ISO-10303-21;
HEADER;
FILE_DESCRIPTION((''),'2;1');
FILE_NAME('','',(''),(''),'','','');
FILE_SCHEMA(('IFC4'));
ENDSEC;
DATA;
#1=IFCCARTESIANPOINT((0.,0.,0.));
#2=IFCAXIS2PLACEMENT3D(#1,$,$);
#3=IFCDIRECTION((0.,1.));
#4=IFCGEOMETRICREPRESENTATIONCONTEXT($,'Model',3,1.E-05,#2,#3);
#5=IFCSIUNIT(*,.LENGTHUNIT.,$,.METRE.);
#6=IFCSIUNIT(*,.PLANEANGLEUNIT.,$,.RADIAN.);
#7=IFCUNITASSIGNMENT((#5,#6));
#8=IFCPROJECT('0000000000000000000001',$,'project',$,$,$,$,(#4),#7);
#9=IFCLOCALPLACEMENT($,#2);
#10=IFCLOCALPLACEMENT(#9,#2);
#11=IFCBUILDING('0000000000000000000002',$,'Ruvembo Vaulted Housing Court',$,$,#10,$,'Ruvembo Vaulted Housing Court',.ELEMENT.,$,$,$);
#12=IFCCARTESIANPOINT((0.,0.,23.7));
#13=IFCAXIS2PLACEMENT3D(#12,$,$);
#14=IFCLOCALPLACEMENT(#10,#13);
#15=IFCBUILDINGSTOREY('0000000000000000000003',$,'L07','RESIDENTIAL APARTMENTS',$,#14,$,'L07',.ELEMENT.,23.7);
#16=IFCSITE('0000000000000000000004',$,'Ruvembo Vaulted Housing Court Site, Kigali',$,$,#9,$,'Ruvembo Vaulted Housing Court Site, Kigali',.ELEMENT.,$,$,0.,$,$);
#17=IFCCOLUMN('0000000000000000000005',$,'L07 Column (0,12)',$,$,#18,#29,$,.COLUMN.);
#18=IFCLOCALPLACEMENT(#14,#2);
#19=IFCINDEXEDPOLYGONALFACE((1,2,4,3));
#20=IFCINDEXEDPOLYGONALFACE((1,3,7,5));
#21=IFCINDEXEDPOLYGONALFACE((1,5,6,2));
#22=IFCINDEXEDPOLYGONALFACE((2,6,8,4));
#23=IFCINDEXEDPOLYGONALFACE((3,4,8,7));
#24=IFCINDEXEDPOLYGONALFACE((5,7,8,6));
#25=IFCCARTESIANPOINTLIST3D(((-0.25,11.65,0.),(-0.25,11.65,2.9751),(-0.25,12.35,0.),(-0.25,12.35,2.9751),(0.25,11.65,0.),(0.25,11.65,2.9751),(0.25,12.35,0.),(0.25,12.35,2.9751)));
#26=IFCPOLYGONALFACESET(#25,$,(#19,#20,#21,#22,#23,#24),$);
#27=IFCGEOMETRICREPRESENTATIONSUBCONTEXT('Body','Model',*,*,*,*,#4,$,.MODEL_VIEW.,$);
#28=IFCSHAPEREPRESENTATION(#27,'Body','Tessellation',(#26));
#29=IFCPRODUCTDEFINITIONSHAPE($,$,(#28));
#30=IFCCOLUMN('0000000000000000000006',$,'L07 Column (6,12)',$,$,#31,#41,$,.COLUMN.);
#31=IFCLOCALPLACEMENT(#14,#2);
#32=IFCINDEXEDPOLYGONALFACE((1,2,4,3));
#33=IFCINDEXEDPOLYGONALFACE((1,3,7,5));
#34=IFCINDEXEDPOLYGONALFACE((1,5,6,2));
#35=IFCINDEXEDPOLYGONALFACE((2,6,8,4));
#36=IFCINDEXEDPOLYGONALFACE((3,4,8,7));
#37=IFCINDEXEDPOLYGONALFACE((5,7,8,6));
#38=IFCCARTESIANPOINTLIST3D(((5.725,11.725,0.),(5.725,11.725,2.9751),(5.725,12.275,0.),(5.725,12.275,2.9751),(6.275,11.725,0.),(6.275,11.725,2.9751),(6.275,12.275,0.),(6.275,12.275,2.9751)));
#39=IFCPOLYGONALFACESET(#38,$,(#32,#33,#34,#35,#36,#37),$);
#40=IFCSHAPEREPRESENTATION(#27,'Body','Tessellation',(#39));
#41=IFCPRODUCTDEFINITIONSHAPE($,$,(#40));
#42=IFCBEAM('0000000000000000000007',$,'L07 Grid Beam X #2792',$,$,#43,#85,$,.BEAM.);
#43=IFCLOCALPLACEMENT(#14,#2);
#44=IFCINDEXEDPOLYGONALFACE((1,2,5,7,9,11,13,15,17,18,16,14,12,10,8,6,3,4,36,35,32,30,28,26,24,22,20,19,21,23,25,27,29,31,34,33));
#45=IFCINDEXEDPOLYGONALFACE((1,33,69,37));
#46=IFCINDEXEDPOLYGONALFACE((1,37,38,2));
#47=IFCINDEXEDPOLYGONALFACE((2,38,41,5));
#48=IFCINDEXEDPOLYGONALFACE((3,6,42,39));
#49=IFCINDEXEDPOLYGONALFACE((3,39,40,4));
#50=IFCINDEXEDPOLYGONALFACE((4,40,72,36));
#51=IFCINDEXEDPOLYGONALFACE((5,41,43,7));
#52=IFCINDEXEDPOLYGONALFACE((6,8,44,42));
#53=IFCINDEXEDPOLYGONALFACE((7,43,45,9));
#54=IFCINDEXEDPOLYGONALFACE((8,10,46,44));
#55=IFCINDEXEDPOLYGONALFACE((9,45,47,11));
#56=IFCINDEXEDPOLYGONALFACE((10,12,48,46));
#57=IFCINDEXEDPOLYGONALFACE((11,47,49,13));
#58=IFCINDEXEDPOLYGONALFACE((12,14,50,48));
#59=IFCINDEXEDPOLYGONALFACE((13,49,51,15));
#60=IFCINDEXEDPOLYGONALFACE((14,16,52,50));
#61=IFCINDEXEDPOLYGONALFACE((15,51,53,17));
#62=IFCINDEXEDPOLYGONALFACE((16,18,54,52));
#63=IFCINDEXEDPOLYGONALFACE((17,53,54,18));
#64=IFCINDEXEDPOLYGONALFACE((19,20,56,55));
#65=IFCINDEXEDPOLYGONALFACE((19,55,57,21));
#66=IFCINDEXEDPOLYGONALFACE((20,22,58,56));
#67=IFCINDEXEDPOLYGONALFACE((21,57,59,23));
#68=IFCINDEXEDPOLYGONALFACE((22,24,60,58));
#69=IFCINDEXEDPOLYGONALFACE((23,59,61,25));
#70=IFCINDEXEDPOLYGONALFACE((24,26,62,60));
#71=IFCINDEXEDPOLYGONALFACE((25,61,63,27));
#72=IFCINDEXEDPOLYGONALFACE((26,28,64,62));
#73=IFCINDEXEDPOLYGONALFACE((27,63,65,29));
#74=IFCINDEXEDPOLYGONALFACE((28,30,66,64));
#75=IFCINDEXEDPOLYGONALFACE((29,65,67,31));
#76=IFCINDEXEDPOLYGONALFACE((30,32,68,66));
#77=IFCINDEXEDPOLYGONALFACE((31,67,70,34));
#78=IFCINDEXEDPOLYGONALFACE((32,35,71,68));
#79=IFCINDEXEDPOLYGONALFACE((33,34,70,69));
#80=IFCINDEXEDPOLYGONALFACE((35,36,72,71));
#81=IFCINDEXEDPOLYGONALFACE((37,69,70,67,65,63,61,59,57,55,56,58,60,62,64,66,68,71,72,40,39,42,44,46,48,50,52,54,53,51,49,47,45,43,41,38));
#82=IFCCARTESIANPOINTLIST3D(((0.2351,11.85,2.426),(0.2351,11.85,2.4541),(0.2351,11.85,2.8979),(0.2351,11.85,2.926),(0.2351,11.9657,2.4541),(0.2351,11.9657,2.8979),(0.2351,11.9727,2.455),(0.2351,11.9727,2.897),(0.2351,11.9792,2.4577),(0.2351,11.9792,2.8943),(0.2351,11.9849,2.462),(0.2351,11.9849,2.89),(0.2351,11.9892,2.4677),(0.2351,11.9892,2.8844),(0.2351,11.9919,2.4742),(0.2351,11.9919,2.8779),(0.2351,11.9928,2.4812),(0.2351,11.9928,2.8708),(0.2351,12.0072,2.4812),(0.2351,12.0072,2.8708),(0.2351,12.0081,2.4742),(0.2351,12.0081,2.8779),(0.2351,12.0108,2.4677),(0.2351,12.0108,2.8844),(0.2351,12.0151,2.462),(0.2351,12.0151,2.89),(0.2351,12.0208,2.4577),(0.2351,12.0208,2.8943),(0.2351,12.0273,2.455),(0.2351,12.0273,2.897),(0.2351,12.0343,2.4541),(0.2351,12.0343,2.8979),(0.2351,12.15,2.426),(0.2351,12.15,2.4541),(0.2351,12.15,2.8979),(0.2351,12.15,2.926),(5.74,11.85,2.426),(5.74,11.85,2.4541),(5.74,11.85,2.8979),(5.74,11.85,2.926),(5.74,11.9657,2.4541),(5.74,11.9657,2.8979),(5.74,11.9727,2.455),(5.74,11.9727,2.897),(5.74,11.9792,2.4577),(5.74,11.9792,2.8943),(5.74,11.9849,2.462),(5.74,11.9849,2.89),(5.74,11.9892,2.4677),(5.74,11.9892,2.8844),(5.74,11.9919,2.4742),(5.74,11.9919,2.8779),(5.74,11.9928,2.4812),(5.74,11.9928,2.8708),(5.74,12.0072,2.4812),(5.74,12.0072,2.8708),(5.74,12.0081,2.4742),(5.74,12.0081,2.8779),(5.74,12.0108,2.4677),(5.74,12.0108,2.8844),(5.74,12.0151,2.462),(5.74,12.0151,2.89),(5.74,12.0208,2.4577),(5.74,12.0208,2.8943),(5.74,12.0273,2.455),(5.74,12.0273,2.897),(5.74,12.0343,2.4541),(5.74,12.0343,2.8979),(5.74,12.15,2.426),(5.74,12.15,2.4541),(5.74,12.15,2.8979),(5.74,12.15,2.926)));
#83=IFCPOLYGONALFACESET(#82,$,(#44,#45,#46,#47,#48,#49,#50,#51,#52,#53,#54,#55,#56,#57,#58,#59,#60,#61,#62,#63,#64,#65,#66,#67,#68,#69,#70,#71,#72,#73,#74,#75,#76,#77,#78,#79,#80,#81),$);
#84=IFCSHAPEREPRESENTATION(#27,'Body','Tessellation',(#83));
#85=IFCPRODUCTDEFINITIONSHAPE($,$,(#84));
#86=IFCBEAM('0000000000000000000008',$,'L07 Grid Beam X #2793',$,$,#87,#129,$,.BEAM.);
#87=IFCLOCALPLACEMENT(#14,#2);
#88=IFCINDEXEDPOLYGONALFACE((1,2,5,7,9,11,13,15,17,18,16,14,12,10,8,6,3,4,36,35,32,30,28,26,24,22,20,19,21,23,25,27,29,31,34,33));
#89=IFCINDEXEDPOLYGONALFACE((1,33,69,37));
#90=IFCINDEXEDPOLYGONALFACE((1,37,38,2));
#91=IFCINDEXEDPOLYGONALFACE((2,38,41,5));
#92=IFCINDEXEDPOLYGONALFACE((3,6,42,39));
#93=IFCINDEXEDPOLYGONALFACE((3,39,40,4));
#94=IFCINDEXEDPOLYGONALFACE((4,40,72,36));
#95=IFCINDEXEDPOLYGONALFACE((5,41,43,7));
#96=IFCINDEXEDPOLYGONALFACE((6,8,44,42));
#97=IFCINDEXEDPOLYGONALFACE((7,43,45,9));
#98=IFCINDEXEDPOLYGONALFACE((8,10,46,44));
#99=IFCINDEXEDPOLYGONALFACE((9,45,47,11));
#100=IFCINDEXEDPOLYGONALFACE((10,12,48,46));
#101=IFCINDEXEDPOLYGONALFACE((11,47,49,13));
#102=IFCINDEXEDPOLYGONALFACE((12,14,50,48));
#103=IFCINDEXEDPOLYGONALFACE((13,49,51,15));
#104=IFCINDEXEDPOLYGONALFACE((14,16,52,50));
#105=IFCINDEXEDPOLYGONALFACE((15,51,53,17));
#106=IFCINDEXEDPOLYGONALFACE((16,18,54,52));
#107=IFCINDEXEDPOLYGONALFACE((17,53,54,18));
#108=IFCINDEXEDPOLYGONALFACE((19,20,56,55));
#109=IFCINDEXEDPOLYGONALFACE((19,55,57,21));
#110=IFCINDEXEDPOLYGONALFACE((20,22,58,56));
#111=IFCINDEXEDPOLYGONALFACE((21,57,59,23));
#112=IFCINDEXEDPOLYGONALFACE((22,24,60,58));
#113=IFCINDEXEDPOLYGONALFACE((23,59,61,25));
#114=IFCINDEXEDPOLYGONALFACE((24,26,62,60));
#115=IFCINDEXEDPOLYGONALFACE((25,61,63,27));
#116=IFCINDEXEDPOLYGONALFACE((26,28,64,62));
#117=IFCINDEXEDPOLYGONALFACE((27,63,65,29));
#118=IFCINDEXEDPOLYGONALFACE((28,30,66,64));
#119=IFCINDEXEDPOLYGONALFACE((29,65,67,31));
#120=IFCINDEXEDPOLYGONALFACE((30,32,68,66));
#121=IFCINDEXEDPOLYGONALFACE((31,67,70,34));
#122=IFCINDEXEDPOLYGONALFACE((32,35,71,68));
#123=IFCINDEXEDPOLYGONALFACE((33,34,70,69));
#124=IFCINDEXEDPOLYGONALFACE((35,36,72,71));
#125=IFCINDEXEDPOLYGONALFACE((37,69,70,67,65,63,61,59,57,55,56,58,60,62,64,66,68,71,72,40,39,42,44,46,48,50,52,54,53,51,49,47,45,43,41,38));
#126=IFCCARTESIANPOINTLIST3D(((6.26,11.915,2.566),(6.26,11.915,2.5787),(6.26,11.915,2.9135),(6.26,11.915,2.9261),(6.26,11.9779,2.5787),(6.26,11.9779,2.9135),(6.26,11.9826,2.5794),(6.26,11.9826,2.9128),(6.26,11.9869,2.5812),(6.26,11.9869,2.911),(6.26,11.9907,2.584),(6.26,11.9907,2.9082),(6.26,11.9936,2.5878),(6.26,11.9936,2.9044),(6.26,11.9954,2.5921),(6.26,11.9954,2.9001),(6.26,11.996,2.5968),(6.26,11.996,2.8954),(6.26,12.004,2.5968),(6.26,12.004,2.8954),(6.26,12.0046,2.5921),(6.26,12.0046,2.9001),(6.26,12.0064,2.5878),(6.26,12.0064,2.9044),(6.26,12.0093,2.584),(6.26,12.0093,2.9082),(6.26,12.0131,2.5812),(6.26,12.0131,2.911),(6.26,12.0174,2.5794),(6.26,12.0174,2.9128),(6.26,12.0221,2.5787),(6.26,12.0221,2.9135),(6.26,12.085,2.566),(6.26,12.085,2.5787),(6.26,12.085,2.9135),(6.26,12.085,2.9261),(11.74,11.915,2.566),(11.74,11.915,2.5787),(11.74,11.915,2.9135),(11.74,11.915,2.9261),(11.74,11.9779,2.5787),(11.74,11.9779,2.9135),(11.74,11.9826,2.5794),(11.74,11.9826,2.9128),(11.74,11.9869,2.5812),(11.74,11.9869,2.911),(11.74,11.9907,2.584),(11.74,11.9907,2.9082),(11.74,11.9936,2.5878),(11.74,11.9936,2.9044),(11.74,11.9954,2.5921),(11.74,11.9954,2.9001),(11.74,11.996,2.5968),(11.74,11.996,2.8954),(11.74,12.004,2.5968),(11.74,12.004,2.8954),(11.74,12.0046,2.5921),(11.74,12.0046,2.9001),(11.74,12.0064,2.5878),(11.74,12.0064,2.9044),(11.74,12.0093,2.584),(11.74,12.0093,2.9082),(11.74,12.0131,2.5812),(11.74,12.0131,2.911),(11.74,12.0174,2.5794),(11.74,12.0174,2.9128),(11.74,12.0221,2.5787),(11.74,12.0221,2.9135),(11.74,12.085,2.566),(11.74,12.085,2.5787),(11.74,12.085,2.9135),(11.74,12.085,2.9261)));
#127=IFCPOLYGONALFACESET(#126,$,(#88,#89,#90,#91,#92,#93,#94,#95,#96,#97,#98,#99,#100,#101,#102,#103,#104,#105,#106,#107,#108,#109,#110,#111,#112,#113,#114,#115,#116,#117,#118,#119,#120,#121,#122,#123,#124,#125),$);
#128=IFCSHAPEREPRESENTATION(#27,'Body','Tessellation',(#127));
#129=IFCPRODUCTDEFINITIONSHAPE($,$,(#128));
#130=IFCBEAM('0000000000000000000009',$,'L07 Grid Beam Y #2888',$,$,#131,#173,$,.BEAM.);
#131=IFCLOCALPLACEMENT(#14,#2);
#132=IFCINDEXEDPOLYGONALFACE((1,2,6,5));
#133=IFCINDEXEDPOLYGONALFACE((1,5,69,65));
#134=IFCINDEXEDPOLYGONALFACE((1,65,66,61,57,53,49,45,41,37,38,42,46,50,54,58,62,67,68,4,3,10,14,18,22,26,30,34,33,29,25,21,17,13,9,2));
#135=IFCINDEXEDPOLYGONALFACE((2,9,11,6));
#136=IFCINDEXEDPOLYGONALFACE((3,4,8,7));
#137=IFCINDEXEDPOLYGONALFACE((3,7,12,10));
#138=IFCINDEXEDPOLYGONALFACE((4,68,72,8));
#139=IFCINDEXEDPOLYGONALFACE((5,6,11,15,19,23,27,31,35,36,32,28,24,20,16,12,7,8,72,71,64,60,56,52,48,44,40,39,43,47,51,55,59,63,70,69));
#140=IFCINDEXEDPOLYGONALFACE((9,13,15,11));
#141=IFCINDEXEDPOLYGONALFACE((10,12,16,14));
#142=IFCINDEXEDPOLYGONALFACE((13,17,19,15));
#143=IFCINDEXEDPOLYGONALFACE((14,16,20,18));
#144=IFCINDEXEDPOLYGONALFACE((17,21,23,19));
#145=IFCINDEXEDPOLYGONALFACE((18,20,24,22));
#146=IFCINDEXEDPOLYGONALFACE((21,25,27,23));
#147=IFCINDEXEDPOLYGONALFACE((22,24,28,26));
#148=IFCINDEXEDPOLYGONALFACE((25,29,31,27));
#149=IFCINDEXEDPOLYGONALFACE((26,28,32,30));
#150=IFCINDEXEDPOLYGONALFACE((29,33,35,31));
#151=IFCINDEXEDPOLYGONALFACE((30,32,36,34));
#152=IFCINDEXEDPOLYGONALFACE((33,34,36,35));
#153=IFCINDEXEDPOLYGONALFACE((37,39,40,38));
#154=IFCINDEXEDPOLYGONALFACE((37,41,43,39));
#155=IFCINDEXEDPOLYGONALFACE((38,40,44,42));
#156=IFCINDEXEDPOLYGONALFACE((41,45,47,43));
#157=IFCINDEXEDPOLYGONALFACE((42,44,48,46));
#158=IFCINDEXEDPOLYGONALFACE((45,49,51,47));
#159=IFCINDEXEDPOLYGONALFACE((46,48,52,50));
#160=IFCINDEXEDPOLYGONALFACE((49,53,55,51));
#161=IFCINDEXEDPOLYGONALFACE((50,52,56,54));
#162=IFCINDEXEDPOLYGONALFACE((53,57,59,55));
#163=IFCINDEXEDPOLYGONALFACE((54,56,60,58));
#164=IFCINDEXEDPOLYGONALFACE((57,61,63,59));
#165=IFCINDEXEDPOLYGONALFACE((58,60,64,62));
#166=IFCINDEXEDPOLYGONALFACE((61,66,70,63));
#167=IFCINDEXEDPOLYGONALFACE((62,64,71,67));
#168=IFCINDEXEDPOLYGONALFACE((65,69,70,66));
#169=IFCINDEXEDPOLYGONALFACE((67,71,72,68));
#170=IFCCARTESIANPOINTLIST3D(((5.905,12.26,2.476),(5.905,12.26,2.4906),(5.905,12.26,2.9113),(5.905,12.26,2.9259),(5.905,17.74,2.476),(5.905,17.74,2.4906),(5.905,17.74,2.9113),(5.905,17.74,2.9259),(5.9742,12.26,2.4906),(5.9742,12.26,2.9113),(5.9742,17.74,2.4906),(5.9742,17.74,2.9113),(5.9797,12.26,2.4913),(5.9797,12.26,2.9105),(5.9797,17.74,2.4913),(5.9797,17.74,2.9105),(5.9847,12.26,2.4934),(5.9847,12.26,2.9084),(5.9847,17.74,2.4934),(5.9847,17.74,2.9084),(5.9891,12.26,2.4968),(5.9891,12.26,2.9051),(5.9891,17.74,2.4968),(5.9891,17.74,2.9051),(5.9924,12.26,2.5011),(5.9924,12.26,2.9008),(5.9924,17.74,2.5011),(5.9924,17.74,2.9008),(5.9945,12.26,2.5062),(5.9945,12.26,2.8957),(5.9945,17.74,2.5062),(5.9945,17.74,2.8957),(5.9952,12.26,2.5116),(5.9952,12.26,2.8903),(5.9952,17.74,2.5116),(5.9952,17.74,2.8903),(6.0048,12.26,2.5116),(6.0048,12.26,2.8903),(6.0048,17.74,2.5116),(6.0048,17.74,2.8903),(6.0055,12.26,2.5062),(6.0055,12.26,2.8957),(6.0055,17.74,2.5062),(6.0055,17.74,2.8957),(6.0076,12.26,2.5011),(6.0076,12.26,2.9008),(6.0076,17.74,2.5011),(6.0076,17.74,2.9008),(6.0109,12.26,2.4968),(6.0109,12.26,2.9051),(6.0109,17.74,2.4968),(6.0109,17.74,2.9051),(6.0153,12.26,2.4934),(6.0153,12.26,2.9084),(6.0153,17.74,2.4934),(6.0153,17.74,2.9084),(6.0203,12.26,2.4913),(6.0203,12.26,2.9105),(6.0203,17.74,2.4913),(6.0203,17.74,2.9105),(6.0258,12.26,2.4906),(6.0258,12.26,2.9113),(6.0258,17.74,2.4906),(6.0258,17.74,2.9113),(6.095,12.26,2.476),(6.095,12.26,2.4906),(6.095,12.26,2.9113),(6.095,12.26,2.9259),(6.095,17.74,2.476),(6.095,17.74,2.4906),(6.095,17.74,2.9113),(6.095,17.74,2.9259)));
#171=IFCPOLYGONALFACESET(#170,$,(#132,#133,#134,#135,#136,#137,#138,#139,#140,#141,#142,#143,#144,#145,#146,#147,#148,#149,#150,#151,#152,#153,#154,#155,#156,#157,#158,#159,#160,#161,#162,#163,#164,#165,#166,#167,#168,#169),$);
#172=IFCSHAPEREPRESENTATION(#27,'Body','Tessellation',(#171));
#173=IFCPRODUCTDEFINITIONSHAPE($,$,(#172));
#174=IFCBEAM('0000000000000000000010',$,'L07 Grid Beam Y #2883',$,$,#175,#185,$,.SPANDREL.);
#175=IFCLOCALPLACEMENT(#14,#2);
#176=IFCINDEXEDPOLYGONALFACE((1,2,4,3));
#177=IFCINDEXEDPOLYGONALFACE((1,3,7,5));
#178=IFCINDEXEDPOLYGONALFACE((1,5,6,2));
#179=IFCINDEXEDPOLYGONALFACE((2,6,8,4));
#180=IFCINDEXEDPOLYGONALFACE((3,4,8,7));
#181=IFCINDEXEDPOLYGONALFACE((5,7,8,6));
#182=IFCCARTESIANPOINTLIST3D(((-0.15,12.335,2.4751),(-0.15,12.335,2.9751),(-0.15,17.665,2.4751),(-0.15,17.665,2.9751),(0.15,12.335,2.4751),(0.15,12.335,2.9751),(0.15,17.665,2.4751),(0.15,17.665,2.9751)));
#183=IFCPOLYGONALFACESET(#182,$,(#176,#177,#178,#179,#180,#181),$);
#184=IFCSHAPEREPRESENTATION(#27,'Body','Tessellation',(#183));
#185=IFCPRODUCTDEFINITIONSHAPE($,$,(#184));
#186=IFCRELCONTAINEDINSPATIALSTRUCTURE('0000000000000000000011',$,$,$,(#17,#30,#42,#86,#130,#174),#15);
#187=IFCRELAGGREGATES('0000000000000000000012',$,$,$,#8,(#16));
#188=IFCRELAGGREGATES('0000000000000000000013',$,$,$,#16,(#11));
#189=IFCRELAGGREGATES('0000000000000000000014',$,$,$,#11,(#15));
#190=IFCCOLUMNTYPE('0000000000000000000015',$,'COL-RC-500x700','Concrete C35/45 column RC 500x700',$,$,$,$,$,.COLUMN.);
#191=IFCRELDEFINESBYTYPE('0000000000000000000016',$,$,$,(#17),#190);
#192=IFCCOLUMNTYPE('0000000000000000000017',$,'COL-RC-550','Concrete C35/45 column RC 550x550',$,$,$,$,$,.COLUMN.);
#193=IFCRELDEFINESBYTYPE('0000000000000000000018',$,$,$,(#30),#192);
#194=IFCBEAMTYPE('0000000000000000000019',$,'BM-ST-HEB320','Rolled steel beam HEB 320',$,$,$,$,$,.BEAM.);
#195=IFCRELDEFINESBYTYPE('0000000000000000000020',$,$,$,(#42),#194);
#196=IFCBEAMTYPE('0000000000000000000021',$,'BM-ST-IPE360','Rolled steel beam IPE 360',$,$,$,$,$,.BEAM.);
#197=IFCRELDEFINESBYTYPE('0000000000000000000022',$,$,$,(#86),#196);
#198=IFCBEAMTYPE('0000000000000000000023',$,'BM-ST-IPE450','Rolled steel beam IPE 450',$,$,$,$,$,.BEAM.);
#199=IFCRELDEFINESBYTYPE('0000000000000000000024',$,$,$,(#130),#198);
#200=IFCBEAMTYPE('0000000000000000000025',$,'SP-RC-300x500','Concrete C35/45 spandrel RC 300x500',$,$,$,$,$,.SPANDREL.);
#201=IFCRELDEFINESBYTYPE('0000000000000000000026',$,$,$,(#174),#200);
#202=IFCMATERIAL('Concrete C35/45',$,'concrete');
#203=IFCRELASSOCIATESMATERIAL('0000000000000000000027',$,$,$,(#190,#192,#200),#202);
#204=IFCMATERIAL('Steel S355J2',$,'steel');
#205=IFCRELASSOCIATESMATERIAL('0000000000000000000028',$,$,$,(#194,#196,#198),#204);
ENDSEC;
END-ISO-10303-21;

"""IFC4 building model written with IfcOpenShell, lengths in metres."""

from ifc_helpers import new_model, si_unit, direction, frame, origin, origin_2d, place, context, subcontext, project, spatial, rectangle, i_section, extrude, material, material_profile, profile_set, type_object, element, save


model = new_model("IFC4")

# Units and contexts
model_context = context("Model", 3, precision=1e-05, world=origin(), true_north=direction((0.0, 1.0)))
body_context = subcontext(model_context, "Body", "Model", "MODEL_VIEW")
ifc_project = project(units=[si_unit("LENGTHUNIT", "METRE"), si_unit("PLANEANGLEUNIT", "RADIAN")], contexts=[model_context])

# Site, building, storey
site_placement = place(None, origin())
site = spatial("IfcSite", under=ifc_project, at=site_placement, Name="Ruvembo Vaulted Housing Court Site, Kigali", LongName="Ruvembo Vaulted Housing Court Site, Kigali", CompositionType="ELEMENT", RefElevation=0.0)
building_placement = place(site_placement, origin())
building = spatial("IfcBuilding", under=site, at=building_placement, Name="Ruvembo Vaulted Housing Court", LongName="Ruvembo Vaulted Housing Court", CompositionType="ELEMENT")
storey_placement = place(building_placement, frame((0.0, 0.0, 23.7)))
storey = spatial("IfcBuildingStorey", under=building, at=storey_placement, Name="L07", Description="RESIDENTIAL APARTMENTS", LongName="L07", CompositionType="ELEMENT", Elevation=23.7)

# Columns
ifc_material_1 = material(Name="Concrete C35/45", Category="concrete")
ifc_material_profile_1 = material_profile(ifc_material_1, rectangle(XDim=0.5, YDim=0.7, at=origin_2d()), Name="RC 500x700")
ifc_profile_set_1 = profile_set([ifc_material_profile_1], Name="Concrete C35/45")
column_type_1 = type_object("IfcColumnType", Name="COL-RC-500x700", Description="Concrete C35/45 column RC 500x700", PredefinedType="COLUMN", material=ifc_profile_set_1)
column_1_placement = place(storey_placement, frame((0.0, 12.0, 0.0), z_axis=(0.0, 0.0, 1.0), x_axis=(1.0, 0.0, 0.0)))
element("IfcColumn", 1, at=column_1_placement, inside=storey, type_object=column_type_1, Name="L07 Column (0,12)", PredefinedType="COLUMN", context=body_context, shape_type="SweptSolid", body=[
    extrude(rectangle(XDim=0.5, YDim=0.7, at=origin_2d()), origin(), (0.0, 0.0, 1.0), 2.9751),
])
ifc_material_profile_2 = material_profile(ifc_material_1, rectangle(XDim=0.55, YDim=0.55, at=origin_2d()), Name="RC 550x550")
ifc_profile_set_2 = profile_set([ifc_material_profile_2], Name="Concrete C35/45")
column_type_2 = type_object("IfcColumnType", Name="COL-RC-550", Description="Concrete C35/45 column RC 550x550", PredefinedType="COLUMN", material=ifc_profile_set_2)
column_2_placement = place(storey_placement, frame((6.0, 12.0, 0.0), z_axis=(0.0, 0.0, 1.0), x_axis=(1.0, 0.0, 0.0)))
element("IfcColumn", 2, at=column_2_placement, inside=storey, type_object=column_type_2, Name="L07 Column (6,12)", PredefinedType="COLUMN", context=body_context, shape_type="SweptSolid", body=[
    extrude(rectangle(XDim=0.55, YDim=0.55, at=origin_2d()), origin(), (0.0, 0.0, 1.0), 2.9751),
])

# Beams
ifc_material_2 = material(Name="Steel S355J2", Category="steel")
ifc_material_profile_3 = material_profile(ifc_material_2, i_section(OverallWidth=0.3, OverallDepth=0.5, WebThickness=0.0144, FlangeThickness=0.0281, FilletRadius=0.0271, at=origin_2d()), Name="HEB 320")
ifc_profile_set_3 = profile_set([ifc_material_profile_3], Name="Steel S355J2")
beam_type_1 = type_object("IfcBeamType", Name="BM-ST-HEB320", Description="Rolled steel beam HEB 320", PredefinedType="BEAM", material=ifc_profile_set_3)
beam_1_placement = place(storey_placement, frame((0.2351, 12.0, 2.676), z_axis=(1.0, 0.0, 0.0), x_axis=(0.0, 1.0, 0.0)))
element("IfcBeam", 3, at=beam_1_placement, inside=storey, type_object=beam_type_1, Name="L07 Grid Beam X #2792", PredefinedType="BEAM", context=body_context, shape_type="SweptSolid", body=[
    extrude(i_section(OverallWidth=0.3, OverallDepth=0.5, WebThickness=0.0144, FlangeThickness=0.0281, FilletRadius=0.0271, at=origin_2d()), origin(), (0.0, 0.0, 1.0), 5.5049),
])
ifc_material_profile_4 = material_profile(ifc_material_2, i_section(OverallWidth=0.1699, OverallDepth=0.3601, WebThickness=0.0081, FlangeThickness=0.0127, FilletRadius=0.0181, at=origin_2d()), Name="IPE 360")
ifc_profile_set_4 = profile_set([ifc_material_profile_4], Name="Steel S355J2")
beam_type_2 = type_object("IfcBeamType", Name="BM-ST-IPE360", Description="Rolled steel beam IPE 360", PredefinedType="BEAM", material=ifc_profile_set_4)
beam_2_placement = place(storey_placement, frame((6.26, 12.0, 2.7461), z_axis=(1.0, 0.0, 0.0), x_axis=(0.0, 1.0, 0.0)))
element("IfcBeam", 4, at=beam_2_placement, inside=storey, type_object=beam_type_2, Name="L07 Grid Beam X #2793", PredefinedType="BEAM", context=body_context, shape_type="SweptSolid", body=[
    extrude(i_section(OverallWidth=0.1699, OverallDepth=0.3601, WebThickness=0.0081, FlangeThickness=0.0127, FilletRadius=0.0181, at=origin_2d()), origin(), (0.0, 0.0, 1.0), 5.48),
])
ifc_material_profile_5 = material_profile(ifc_material_2, i_section(OverallWidth=0.1899, OverallDepth=0.45, WebThickness=0.0095, FlangeThickness=0.0146, FilletRadius=0.021, at=origin_2d()), Name="IPE 450")
ifc_profile_set_5 = profile_set([ifc_material_profile_5], Name="Steel S355J2")
beam_type_3 = type_object("IfcBeamType", Name="BM-ST-IPE450", Description="Rolled steel beam IPE 450", PredefinedType="BEAM", material=ifc_profile_set_5)
beam_3_placement = place(storey_placement, frame((6.0, 12.26, 2.7009), z_axis=(0.0, 1.0, 0.0), x_axis=(-1.0, 0.0, 0.0)))
element("IfcBeam", 5, at=beam_3_placement, inside=storey, type_object=beam_type_3, Name="L07 Grid Beam Y #2888", PredefinedType="BEAM", context=body_context, shape_type="SweptSolid", body=[
    extrude(i_section(OverallWidth=0.1899, OverallDepth=0.45, WebThickness=0.0095, FlangeThickness=0.0146, FilletRadius=0.021, at=origin_2d()), origin(), (0.0, 0.0, 1.0), 5.48),
])
ifc_material_profile_6 = material_profile(ifc_material_1, rectangle(XDim=0.3, YDim=0.5, at=origin_2d()), Name="RC 300x500")
ifc_profile_set_6 = profile_set([ifc_material_profile_6], Name="Concrete C35/45")
beam_type_4 = type_object("IfcBeamType", Name="SP-RC-300x500", Description="Concrete C35/45 spandrel RC 300x500", PredefinedType="SPANDREL", material=ifc_profile_set_6)
beam_4_placement = place(storey_placement, frame((0.0, 12.335, 2.7251), z_axis=(0.0, 1.0, 0.0), x_axis=(-1.0, 0.0, 0.0)))
element("IfcBeam", 6, at=beam_4_placement, inside=storey, type_object=beam_type_4, Name="L07 Grid Beam Y #2883", PredefinedType="SPANDREL", context=body_context, shape_type="SweptSolid", body=[
    extrude(rectangle(XDim=0.3, YDim=0.5, at=origin_2d()), origin(), (0.0, 0.0, 1.0), 5.3301),
])

save(model, "model.ifc")
